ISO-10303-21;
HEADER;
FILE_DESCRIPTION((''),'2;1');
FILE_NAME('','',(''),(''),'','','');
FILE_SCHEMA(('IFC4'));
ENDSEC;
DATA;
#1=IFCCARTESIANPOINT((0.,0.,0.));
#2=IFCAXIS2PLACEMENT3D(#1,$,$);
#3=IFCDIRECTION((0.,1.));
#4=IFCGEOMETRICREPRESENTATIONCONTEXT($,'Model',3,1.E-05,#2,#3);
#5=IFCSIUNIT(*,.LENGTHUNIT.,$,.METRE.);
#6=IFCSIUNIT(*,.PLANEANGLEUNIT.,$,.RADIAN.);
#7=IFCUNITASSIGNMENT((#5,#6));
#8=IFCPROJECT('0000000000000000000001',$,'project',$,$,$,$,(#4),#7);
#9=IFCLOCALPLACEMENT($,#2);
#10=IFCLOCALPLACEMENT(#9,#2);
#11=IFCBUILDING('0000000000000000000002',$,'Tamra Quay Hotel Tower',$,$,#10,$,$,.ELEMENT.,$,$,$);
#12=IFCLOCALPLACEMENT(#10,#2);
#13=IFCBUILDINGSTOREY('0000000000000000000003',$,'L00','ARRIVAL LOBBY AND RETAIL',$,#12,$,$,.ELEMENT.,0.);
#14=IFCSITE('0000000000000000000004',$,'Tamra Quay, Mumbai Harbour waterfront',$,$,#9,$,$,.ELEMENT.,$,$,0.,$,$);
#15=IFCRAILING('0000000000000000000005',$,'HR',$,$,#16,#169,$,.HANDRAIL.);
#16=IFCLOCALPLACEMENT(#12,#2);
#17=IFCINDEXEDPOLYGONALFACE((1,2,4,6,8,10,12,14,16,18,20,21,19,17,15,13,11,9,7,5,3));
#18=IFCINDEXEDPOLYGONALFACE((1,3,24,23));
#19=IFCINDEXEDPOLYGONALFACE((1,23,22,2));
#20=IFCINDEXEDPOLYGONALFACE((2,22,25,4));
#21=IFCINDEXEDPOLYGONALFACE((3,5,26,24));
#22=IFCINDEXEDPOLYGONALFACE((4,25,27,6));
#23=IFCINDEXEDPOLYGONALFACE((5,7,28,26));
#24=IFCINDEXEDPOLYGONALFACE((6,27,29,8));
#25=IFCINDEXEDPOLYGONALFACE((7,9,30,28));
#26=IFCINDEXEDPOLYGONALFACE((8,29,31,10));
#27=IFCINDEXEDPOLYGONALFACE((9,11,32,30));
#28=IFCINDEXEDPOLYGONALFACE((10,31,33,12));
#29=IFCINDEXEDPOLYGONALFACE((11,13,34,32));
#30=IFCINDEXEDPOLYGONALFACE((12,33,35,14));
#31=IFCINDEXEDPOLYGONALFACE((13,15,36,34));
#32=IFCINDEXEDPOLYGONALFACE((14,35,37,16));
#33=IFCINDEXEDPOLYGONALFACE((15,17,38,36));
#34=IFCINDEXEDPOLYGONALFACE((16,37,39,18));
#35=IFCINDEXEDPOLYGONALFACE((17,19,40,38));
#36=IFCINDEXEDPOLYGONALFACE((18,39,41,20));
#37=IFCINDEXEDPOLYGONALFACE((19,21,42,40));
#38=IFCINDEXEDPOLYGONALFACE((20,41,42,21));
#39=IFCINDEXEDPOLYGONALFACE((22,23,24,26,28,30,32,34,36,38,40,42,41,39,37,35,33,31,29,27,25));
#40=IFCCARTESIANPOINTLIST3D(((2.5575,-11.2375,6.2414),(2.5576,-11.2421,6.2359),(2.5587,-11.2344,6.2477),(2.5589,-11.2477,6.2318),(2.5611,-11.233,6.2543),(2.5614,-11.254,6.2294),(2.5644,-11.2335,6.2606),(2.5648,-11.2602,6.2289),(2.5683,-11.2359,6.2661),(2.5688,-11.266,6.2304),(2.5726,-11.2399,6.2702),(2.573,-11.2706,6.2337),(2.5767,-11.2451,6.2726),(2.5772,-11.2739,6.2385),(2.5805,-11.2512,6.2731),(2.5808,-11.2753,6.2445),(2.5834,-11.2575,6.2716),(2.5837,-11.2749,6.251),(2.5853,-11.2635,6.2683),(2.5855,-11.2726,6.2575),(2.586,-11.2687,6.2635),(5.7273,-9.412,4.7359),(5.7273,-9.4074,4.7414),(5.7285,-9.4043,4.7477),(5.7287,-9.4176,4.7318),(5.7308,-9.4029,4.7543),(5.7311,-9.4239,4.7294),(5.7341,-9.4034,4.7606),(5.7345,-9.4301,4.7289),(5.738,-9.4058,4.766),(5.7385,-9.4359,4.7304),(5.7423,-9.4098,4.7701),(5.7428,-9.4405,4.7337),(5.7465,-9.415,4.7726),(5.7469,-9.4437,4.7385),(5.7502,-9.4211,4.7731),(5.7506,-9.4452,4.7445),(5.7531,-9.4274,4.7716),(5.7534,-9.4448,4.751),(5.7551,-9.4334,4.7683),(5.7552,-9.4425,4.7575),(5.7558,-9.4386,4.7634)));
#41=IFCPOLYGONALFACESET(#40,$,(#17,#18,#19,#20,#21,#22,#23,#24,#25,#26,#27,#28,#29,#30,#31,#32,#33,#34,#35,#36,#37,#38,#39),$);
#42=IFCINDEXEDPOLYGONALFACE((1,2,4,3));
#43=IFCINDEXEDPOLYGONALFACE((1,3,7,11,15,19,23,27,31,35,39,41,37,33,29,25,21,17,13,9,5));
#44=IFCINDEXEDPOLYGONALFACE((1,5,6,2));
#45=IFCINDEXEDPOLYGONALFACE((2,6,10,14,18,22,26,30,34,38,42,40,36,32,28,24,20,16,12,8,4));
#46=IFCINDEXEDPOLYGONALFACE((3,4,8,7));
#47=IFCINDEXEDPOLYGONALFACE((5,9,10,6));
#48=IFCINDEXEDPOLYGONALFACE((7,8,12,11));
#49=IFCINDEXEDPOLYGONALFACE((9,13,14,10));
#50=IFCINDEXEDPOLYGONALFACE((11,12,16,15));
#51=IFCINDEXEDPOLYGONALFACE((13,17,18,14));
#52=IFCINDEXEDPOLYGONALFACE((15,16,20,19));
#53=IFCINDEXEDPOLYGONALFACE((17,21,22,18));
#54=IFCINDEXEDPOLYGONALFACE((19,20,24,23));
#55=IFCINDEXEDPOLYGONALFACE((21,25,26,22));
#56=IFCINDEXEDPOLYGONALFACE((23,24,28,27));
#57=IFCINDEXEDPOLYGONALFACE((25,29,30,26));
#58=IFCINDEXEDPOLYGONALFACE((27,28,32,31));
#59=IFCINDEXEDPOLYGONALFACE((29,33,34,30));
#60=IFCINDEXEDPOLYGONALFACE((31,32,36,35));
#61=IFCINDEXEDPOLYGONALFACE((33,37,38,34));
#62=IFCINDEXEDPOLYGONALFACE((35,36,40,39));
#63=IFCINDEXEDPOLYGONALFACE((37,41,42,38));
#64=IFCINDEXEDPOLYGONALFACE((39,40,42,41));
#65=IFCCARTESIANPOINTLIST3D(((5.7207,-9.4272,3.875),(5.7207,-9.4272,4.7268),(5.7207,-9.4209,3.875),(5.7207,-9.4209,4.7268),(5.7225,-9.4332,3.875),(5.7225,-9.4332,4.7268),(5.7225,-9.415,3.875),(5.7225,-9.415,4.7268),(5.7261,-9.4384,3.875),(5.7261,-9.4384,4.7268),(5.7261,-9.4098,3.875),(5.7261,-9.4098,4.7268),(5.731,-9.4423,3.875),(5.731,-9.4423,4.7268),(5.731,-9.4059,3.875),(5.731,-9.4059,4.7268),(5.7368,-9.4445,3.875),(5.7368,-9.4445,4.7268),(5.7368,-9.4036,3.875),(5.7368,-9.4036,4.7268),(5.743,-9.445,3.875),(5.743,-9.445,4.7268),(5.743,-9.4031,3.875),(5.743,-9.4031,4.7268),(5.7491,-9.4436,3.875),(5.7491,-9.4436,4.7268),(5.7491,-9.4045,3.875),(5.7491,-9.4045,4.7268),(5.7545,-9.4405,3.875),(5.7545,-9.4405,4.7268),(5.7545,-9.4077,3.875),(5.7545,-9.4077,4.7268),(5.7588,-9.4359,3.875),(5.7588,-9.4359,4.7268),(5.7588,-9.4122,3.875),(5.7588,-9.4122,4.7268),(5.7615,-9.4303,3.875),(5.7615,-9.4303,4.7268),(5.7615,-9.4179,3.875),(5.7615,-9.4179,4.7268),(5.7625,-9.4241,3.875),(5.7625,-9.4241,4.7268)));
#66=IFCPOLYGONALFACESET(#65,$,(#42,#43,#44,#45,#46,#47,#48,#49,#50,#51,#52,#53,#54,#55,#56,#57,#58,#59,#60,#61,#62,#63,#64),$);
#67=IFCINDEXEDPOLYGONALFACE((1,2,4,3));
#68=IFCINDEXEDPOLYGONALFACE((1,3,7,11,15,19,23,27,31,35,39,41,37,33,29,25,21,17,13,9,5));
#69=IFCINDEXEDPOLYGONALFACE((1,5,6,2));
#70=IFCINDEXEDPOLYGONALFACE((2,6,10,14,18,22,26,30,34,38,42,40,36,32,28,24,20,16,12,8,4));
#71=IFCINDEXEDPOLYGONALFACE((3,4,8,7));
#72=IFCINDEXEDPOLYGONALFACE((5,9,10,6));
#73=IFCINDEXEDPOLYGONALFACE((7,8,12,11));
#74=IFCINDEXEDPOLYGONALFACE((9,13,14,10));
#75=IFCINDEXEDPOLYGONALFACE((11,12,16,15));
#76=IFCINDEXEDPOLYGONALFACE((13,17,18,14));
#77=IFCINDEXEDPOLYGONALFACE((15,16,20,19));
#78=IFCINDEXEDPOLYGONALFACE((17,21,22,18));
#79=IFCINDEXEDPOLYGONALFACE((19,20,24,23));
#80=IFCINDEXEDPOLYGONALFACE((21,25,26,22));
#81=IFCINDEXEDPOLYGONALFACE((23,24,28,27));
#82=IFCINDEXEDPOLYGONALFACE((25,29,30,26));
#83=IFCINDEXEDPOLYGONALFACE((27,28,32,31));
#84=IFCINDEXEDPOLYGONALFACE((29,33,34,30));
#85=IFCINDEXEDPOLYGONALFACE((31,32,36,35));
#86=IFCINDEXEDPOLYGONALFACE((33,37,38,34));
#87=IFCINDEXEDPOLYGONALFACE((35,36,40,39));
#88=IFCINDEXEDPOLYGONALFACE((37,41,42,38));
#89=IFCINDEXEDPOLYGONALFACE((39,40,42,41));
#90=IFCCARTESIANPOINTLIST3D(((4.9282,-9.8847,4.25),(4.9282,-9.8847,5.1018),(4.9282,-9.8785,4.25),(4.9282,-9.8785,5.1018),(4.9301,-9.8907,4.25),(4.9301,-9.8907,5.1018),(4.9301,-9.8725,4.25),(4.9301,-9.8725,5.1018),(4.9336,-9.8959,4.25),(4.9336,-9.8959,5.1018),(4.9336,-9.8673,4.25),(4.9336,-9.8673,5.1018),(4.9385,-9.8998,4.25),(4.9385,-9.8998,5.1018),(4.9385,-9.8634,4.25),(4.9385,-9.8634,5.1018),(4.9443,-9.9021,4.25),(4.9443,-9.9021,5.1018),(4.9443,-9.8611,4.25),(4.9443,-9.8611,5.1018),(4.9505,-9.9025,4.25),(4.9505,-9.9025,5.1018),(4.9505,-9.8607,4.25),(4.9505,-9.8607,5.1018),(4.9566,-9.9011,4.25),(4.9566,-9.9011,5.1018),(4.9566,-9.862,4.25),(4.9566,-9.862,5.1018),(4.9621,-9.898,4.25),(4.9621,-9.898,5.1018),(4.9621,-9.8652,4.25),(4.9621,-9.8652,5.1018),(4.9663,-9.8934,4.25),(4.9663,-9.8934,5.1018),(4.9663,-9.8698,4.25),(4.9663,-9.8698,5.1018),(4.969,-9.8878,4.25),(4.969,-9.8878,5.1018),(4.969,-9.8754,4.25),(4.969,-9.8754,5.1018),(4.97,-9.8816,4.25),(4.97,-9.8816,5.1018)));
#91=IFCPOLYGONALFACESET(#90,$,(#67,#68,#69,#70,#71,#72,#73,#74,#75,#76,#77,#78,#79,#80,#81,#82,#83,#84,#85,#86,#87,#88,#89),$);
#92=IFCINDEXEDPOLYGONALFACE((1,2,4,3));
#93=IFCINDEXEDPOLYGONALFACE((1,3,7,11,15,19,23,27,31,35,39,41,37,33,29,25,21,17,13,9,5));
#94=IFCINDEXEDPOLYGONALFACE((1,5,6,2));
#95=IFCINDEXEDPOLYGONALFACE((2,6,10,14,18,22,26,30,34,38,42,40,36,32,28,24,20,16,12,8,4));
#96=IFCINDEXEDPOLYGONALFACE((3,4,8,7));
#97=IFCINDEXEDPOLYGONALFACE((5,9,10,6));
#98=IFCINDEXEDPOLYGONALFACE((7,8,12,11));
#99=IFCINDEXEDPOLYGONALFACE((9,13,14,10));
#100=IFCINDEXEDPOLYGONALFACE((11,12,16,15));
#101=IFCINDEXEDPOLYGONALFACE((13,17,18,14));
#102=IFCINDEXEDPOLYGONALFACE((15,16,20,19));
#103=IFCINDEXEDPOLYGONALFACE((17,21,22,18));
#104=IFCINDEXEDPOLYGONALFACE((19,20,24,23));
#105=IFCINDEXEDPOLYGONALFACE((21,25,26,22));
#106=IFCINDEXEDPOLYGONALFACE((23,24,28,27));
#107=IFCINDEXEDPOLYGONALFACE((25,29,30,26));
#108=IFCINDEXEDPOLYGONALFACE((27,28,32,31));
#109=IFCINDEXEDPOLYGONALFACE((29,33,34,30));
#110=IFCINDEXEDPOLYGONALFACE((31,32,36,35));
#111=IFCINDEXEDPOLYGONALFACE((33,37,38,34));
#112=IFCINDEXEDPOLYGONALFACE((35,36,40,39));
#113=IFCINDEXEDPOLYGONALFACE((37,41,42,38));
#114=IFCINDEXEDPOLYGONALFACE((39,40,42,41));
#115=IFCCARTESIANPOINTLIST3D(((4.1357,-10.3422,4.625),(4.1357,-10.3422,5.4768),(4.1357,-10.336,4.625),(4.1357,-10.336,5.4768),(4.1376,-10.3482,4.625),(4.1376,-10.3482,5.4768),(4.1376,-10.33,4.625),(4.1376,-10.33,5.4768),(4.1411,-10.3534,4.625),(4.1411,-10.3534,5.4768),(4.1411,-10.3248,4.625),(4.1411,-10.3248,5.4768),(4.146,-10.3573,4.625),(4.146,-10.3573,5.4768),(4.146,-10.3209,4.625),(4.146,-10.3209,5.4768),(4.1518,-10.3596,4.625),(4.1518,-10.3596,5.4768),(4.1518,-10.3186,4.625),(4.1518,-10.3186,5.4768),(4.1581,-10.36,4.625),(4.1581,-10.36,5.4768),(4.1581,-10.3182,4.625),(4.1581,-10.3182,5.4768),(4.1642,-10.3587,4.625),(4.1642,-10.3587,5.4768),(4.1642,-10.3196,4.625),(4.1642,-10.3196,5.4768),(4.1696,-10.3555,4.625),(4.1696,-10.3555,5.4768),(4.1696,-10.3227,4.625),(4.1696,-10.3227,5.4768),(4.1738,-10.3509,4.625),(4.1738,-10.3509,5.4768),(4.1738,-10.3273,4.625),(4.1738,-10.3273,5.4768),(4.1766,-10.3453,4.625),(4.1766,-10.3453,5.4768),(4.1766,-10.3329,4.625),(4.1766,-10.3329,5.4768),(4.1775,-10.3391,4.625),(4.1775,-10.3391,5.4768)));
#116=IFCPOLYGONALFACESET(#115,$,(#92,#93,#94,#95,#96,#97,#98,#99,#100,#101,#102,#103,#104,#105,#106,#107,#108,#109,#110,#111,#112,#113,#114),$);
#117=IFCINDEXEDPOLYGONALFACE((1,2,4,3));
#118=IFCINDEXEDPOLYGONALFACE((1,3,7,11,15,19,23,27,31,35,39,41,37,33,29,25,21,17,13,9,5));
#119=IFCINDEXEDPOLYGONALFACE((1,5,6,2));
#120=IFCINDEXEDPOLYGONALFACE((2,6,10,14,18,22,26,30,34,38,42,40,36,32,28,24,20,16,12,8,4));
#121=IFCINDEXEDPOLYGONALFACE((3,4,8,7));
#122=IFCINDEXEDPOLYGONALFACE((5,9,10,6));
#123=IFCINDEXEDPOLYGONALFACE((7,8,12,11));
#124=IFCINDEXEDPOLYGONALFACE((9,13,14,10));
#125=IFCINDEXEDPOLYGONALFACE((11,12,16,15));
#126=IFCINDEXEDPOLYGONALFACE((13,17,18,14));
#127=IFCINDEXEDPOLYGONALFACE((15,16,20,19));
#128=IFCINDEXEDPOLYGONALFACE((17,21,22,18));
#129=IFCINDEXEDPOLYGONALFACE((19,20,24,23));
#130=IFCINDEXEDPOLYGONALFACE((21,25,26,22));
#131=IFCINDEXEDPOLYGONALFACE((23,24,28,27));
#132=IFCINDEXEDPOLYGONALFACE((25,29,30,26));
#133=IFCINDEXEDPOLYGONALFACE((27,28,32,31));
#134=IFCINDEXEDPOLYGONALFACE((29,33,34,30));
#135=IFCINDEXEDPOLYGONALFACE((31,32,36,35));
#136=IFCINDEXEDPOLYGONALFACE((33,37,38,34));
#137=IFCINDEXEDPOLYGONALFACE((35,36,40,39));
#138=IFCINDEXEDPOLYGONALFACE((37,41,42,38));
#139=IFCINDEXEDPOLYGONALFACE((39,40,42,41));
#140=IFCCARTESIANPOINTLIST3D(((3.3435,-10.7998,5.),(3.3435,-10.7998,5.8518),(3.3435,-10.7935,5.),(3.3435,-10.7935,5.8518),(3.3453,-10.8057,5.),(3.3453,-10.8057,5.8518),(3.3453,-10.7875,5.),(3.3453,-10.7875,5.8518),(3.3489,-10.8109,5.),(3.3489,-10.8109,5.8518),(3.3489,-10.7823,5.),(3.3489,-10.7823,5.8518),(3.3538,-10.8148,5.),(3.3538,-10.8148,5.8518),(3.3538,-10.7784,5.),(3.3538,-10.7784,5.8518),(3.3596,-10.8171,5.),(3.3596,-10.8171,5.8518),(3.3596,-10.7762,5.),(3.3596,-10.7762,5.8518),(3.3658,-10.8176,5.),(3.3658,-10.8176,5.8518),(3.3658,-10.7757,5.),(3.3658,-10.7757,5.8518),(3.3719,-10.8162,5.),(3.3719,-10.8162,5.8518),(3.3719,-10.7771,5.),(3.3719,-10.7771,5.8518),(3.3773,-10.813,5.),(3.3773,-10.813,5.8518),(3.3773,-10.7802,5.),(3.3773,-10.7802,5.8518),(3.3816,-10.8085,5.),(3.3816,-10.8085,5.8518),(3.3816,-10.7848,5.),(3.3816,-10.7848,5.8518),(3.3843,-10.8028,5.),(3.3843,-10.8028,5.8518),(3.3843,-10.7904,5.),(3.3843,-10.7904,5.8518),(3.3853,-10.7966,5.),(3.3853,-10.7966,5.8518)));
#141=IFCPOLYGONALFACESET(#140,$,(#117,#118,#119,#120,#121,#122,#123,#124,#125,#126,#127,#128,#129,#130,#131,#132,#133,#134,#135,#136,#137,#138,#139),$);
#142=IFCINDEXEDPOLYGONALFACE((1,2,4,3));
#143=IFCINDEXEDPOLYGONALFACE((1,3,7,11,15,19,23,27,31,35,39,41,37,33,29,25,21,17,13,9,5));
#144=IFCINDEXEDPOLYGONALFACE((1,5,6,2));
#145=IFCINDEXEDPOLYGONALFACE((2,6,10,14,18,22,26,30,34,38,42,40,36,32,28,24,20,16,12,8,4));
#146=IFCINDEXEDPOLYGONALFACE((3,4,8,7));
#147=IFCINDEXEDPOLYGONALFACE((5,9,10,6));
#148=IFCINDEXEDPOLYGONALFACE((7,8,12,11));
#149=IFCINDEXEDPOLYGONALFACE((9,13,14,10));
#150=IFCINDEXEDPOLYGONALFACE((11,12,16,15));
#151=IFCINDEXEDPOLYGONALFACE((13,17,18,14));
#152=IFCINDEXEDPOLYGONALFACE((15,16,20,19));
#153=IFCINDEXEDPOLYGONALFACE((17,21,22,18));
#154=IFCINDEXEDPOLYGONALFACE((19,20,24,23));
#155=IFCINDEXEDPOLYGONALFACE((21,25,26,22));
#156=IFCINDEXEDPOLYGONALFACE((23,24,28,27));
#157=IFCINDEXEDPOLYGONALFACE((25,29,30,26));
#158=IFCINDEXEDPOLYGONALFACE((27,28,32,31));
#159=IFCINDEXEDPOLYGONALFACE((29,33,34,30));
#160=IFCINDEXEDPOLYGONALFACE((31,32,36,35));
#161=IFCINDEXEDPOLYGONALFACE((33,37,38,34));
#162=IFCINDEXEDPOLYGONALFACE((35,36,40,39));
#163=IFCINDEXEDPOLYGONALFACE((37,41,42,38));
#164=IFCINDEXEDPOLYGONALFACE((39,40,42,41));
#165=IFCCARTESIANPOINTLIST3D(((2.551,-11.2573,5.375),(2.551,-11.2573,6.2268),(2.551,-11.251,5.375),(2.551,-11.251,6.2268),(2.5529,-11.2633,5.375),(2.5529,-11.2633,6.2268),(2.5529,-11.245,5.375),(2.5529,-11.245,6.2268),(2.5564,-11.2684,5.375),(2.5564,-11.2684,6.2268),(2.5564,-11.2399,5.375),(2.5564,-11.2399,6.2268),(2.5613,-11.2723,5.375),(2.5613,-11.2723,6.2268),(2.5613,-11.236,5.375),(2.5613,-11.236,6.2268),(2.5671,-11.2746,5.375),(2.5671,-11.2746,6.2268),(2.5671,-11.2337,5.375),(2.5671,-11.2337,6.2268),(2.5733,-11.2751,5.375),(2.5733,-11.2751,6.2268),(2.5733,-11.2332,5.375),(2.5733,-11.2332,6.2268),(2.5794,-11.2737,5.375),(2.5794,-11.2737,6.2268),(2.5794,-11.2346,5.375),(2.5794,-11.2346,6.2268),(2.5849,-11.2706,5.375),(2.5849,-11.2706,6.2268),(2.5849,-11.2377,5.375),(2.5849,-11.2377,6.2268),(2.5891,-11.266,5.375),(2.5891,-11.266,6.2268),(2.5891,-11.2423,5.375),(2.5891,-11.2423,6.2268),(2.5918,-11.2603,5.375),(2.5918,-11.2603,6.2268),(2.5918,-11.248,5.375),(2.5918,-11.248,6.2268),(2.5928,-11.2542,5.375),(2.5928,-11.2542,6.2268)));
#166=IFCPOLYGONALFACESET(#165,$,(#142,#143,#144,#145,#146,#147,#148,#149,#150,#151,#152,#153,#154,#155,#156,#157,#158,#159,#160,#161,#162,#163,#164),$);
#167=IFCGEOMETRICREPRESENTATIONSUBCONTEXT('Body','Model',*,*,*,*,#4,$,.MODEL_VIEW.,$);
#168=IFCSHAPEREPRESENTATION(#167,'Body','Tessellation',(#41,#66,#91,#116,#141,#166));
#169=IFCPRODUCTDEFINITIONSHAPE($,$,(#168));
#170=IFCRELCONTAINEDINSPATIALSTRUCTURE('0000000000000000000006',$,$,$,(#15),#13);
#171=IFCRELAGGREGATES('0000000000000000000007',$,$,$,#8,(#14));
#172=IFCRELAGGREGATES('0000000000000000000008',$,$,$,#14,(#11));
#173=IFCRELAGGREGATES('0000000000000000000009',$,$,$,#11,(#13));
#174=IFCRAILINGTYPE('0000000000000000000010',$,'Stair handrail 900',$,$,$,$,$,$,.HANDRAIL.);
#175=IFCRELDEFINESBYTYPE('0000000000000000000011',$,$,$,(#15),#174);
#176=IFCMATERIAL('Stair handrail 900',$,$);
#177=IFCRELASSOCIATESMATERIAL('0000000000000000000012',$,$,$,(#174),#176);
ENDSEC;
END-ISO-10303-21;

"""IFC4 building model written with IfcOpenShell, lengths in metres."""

from ifc_helpers import new_model, si_unit, direction, frame, origin, origin_2d, place, context, subcontext, project, spatial, circle, extrude, material, type_object, element, save


model = new_model("IFC4")

# Units and contexts
model_context = context("Model", 3, precision=1e-05, world=origin(), true_north=direction((0.0, 1.0)))
body_context = subcontext(model_context, "Body", "Model", "MODEL_VIEW")
ifc_project = project(units=[si_unit("LENGTHUNIT", "METRE"), si_unit("PLANEANGLEUNIT", "RADIAN")], contexts=[model_context])

# Site, building, storey
site_placement = place(None, origin())
site = spatial("IfcSite", under=ifc_project, at=site_placement, Name="Tamra Quay, Mumbai Harbour waterfront", CompositionType="ELEMENT", RefElevation=0.0)
building_placement = place(site_placement, origin())
building = spatial("IfcBuilding", under=site, at=building_placement, Name="Tamra Quay Hotel Tower", CompositionType="ELEMENT")
storey_placement = place(building_placement, origin())
storey = spatial("IfcBuildingStorey", under=building, at=storey_placement, Name="L00", Description="ARRIVAL LOBBY AND RETAIL", CompositionType="ELEMENT", Elevation=0.0)

# Railing
ifc_material_1 = material(Name="Stair handrail 900")
railing_type_1 = type_object("IfcRailingType", Name="Stair handrail 900", PredefinedType="HANDRAIL", material=ifc_material_1)
railing_1_placement = place(storey_placement, frame((5.7415, -9.4241, 3.875)))
element("IfcRailing", 1, at=railing_1_placement, inside=storey, type_object=railing_type_1, Name="HR", PredefinedType="HANDRAIL", context=body_context, shape_type="SweptSolid", body=[
    extrude(circle(Radius=0.0239, at=origin_2d()), frame((0.0, 0.0, 0.876), z_axis=(-0.801333, -0.462666, 0.379218), x_axis=(0.500013, -0.866018, 0.0)), (0.0, 0.0, 1.0), 3.9556),
    extrude(circle(Radius=0.021, at=origin_2d()), origin(), (0.0, 0.0, 1.0), 0.8518),
    extrude(circle(Radius=0.021, at=origin_2d()), frame((-0.7925, -0.4575, 0.375)), (0.0, 0.0, 1.0), 0.8518),
    extrude(circle(Radius=0.021, at=origin_2d()), frame((-1.585, -0.915, 0.75)), (0.0, 0.0, 1.0), 0.8518),
    extrude(circle(Radius=0.021, at=origin_2d()), frame((-2.3772, -1.3726, 1.125)), (0.0, 0.0, 1.0), 0.8518),
    extrude(circle(Radius=0.021, at=origin_2d()), frame((-3.1697, -1.8301, 1.5)), (0.0, 0.0, 1.0), 0.8518),
])

save(model, "model.ifc")
